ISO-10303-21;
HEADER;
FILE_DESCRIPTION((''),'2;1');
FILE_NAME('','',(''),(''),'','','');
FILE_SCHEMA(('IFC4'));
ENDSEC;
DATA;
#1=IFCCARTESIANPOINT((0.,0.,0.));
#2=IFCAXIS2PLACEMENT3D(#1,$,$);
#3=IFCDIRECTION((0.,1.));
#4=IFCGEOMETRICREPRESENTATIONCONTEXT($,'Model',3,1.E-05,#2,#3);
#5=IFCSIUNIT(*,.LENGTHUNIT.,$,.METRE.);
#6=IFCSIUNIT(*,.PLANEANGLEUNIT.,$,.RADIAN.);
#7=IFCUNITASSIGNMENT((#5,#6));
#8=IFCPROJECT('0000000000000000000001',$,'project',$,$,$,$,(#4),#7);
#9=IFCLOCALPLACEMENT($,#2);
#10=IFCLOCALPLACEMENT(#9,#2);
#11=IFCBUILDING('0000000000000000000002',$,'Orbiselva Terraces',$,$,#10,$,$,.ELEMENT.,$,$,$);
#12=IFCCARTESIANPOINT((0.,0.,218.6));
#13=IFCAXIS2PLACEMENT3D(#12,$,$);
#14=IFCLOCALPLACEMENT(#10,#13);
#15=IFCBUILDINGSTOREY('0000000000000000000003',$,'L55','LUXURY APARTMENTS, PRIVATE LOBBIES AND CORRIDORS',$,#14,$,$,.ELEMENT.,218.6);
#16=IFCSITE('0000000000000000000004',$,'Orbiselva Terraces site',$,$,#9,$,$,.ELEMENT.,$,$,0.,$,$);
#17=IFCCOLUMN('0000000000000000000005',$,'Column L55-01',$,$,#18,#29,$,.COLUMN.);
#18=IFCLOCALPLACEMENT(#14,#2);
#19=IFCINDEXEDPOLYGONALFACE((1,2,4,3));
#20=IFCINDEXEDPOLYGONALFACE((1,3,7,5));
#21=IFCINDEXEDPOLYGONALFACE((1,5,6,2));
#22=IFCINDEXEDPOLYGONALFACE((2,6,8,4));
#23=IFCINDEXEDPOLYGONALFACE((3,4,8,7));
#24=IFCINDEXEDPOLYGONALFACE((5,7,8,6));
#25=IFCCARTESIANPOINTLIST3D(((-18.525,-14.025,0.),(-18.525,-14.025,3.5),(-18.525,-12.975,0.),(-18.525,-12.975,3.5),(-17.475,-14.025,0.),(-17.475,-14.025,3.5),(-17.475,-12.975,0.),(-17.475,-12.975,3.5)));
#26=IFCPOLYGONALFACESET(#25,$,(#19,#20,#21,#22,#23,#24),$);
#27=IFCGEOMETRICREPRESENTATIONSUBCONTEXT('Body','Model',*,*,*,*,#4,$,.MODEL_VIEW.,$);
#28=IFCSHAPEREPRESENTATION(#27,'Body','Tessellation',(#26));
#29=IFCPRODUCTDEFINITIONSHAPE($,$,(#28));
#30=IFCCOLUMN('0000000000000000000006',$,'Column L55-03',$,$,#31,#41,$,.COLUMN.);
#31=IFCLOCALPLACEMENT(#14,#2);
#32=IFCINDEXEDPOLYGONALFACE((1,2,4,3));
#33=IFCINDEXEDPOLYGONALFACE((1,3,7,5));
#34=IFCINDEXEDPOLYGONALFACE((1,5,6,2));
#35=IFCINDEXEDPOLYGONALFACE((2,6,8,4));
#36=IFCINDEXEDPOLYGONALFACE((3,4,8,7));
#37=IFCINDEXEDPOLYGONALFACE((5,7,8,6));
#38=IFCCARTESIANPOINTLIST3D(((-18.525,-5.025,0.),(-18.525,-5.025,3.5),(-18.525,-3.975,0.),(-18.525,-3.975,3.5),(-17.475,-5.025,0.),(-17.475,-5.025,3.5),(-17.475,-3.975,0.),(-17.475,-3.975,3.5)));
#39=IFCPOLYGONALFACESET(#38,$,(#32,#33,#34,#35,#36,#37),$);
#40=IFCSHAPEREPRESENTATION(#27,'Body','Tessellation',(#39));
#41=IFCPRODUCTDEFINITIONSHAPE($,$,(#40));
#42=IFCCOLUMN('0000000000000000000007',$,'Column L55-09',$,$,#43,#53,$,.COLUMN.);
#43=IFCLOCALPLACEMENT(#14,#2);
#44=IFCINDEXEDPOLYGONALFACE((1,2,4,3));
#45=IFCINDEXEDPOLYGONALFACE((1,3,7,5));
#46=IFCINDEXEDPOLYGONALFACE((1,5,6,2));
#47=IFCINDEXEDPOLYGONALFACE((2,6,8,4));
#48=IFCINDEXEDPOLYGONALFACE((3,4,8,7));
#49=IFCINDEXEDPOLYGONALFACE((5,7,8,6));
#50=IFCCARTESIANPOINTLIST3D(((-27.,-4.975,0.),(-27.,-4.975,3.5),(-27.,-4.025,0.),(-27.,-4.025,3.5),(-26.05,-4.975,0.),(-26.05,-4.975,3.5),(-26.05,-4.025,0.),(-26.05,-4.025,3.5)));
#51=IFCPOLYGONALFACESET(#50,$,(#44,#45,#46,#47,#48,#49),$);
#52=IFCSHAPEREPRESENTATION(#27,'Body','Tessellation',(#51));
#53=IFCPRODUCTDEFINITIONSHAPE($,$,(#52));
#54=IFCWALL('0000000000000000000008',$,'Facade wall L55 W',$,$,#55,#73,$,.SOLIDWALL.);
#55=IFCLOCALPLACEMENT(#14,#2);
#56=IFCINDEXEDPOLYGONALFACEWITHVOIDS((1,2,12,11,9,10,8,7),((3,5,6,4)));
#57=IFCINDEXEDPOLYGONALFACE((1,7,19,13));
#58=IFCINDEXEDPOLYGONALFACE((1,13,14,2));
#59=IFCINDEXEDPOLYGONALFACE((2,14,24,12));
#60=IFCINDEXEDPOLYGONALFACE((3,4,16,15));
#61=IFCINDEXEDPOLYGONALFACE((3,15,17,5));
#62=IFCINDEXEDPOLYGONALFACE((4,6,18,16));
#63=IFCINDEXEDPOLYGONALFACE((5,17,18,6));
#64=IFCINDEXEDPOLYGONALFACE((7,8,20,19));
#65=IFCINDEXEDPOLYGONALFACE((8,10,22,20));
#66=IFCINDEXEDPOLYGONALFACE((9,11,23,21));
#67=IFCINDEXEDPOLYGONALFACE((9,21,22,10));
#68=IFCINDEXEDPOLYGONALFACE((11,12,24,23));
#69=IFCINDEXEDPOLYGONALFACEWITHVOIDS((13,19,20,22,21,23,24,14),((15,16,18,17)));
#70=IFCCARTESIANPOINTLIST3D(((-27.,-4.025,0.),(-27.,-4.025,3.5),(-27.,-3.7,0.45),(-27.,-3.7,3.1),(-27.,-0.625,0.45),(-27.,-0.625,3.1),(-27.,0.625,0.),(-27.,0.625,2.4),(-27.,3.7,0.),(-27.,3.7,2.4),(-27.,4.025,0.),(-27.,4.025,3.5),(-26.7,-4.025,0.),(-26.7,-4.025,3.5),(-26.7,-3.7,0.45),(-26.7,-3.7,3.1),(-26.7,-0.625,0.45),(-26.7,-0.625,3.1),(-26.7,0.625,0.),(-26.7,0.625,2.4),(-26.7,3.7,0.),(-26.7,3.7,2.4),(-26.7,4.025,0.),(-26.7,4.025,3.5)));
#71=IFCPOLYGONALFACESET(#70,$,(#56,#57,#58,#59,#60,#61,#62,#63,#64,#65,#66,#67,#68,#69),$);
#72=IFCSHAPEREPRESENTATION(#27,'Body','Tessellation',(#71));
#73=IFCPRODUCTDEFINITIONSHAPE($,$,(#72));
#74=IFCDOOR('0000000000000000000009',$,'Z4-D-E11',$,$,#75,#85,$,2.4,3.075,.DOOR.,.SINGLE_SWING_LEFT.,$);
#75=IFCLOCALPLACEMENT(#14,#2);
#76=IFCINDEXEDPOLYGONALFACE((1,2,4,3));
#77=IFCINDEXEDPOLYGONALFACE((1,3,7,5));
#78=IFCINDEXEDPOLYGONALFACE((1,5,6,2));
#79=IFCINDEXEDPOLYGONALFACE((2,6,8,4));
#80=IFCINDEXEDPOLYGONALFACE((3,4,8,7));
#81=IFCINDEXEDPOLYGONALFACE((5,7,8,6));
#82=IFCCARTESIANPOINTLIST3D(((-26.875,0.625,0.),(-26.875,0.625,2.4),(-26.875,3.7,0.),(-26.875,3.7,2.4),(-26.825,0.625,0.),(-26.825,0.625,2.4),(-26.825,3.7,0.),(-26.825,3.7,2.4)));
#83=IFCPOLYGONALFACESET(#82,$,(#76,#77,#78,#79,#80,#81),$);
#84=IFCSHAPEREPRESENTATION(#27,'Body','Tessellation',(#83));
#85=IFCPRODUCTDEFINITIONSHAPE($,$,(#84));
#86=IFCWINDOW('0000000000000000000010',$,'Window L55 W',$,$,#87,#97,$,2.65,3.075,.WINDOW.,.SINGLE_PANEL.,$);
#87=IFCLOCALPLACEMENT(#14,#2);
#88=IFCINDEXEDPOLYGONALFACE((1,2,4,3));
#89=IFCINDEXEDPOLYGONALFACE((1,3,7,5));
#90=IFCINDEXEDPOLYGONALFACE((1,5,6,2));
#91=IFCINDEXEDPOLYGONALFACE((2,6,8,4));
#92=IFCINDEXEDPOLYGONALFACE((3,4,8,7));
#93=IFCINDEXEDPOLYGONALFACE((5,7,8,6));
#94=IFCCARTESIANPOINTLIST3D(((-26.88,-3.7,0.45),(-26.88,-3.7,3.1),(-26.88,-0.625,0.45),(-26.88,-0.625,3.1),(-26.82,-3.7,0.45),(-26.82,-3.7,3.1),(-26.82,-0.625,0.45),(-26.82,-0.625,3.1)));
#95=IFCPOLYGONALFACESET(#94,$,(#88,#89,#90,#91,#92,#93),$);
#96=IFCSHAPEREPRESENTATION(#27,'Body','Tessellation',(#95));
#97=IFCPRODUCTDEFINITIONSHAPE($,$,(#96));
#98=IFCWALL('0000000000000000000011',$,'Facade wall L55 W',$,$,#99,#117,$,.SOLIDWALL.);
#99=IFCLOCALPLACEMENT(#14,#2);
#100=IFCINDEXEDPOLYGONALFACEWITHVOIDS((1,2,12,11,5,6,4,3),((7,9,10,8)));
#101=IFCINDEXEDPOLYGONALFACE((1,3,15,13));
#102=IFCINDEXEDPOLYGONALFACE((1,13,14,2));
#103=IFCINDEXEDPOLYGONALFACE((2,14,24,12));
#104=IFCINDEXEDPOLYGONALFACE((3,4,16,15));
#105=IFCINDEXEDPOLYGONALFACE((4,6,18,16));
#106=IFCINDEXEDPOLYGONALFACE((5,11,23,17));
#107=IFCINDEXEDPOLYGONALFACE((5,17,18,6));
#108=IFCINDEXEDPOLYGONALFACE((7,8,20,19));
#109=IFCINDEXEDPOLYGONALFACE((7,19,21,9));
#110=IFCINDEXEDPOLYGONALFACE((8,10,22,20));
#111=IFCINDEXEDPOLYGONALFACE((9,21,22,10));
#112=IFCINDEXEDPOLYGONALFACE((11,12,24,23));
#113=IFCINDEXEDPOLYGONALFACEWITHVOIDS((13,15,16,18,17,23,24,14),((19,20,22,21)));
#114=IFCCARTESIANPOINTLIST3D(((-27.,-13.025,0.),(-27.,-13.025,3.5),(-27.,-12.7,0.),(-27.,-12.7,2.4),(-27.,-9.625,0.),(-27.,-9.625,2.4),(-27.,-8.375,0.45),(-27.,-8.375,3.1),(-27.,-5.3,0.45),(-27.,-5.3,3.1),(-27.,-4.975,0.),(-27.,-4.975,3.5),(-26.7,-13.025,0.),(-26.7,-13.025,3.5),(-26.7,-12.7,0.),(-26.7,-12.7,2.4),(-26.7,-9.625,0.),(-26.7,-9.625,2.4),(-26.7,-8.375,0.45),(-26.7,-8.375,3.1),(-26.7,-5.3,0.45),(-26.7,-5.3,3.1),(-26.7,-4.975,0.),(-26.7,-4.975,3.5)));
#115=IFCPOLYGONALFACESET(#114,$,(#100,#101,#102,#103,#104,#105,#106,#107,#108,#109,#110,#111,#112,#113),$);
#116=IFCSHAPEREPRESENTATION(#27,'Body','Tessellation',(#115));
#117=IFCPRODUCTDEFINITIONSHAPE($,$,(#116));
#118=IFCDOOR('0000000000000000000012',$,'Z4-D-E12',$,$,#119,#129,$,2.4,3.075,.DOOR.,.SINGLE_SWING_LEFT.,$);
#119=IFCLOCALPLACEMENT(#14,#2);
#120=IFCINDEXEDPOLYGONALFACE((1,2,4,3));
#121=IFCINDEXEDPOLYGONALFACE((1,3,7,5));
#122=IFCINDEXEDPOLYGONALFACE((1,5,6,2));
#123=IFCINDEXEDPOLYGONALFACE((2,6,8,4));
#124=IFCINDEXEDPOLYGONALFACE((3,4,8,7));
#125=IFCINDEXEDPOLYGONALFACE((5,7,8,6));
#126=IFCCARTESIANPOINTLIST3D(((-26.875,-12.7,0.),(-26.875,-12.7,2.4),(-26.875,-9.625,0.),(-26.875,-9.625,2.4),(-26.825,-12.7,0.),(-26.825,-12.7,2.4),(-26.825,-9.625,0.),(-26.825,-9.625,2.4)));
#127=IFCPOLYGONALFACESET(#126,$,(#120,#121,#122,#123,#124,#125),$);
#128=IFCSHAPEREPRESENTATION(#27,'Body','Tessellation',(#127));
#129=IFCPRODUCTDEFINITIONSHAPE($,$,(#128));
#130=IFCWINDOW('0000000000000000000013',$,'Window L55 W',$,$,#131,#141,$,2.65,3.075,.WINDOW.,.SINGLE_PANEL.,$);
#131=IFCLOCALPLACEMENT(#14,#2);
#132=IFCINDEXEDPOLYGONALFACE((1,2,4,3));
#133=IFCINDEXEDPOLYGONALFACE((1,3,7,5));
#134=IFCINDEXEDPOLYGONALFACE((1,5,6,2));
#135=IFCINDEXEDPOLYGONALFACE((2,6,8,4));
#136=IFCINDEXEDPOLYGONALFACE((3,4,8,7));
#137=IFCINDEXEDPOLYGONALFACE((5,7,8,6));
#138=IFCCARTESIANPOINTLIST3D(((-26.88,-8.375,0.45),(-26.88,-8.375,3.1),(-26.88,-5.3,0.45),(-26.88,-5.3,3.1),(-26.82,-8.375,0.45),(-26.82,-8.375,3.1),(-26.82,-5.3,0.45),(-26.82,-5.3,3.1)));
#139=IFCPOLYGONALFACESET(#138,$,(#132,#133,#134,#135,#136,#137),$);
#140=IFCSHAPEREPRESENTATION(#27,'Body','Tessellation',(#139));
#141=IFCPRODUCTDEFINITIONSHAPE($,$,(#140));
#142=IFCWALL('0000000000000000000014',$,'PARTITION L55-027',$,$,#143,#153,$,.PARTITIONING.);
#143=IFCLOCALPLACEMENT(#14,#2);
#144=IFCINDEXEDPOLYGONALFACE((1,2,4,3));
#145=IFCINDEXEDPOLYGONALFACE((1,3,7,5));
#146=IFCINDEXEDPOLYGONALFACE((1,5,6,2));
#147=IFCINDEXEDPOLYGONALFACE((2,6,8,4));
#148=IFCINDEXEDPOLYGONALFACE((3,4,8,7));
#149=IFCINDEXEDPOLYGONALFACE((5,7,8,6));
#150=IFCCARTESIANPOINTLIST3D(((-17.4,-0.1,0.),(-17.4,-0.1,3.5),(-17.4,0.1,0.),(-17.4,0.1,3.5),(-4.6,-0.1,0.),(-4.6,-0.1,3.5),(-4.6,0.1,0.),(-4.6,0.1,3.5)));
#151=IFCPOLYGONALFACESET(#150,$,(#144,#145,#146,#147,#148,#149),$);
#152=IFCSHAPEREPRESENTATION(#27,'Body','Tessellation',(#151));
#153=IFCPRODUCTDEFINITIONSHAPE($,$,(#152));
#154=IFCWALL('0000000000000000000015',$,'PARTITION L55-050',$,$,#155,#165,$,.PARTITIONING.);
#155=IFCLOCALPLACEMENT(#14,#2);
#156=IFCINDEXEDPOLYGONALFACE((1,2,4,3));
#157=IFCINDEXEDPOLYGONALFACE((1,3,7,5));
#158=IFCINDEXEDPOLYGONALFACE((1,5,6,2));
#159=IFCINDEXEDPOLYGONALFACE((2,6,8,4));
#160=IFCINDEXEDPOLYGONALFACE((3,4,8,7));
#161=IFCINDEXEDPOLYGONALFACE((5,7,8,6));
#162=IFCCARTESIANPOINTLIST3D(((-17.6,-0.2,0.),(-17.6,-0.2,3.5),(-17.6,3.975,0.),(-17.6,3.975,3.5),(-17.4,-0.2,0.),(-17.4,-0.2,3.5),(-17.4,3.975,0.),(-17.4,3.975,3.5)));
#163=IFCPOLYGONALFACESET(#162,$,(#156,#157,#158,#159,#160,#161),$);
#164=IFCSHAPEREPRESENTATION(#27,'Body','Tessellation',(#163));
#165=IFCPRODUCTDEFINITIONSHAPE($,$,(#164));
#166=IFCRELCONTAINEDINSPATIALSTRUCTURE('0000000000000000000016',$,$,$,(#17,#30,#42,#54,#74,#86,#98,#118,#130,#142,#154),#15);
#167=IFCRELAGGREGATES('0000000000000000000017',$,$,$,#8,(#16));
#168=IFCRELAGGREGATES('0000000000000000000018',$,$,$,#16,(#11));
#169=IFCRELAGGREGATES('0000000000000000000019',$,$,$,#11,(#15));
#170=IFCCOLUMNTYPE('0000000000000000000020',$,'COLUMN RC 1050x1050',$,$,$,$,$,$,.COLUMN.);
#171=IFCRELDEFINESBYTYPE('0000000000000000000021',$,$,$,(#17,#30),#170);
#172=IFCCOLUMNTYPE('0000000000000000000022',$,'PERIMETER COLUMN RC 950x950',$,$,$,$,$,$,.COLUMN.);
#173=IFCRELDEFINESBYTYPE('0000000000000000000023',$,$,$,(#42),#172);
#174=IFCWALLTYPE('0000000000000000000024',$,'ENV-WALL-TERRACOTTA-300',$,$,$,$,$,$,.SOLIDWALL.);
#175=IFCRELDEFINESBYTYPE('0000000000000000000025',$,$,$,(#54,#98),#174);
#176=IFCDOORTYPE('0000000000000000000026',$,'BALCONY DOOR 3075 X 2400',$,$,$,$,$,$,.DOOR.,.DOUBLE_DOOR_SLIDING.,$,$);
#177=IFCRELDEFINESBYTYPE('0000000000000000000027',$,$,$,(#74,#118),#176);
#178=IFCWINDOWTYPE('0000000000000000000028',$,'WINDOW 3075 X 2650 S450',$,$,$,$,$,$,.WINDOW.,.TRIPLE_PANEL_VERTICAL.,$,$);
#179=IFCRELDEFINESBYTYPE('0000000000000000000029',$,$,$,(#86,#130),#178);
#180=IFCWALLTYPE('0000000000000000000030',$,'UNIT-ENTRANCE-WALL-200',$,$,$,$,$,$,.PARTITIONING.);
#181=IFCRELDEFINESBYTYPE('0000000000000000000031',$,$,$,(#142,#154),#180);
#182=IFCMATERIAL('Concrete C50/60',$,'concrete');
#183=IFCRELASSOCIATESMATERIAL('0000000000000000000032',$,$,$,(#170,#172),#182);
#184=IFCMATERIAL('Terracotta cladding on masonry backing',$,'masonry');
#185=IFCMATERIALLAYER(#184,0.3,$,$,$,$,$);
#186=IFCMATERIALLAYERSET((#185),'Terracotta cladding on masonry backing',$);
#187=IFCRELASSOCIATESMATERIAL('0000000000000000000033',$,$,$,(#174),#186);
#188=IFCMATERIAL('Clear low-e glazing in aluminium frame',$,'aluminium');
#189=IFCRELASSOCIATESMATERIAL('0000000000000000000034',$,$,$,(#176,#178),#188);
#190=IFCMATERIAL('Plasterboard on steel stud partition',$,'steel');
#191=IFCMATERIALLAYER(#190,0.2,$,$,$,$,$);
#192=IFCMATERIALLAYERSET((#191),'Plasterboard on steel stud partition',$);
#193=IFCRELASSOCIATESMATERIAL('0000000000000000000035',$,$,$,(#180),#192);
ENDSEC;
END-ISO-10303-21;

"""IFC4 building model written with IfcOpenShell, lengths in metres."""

from ifc_helpers import new_model, si_unit, direction, frame, frame_2d, origin, origin_2d, place, context, subcontext, project, spatial, rectangle, extrude, material, layer, layer_set, material_profile, profile_set, type_object, element, fill, save


model = new_model("IFC4")

# Units and contexts
model_context = context("Model", 3, precision=1e-05, world=origin(), true_north=direction((0.0, 1.0)))
body_context = subcontext(model_context, "Body", "Model", "MODEL_VIEW")
ifc_project = project(units=[si_unit("LENGTHUNIT", "METRE"), si_unit("PLANEANGLEUNIT", "RADIAN")], contexts=[model_context])

# Site, building, storey
site_placement = place(None, origin())
site = spatial("IfcSite", under=ifc_project, at=site_placement, Name="Orbiselva Terraces site", CompositionType="ELEMENT", RefElevation=0.0)
building_placement = place(site_placement, origin())
building = spatial("IfcBuilding", under=site, at=building_placement, Name="Orbiselva Terraces", CompositionType="ELEMENT")
storey_placement = place(building_placement, frame((0.0, 0.0, 218.6)))
storey = spatial("IfcBuildingStorey", under=building, at=storey_placement, Name="L55", Description="LUXURY APARTMENTS, PRIVATE LOBBIES AND CORRIDORS", CompositionType="ELEMENT", Elevation=218.6)

# Columns
ifc_material_1 = material(Name="Concrete C50/60", Category="concrete")
ifc_material_profile_1 = material_profile(ifc_material_1, rectangle(XDim=1.05, YDim=1.05, at=origin_2d()), Name="RC 1050x1050")
ifc_profile_set_1 = profile_set([ifc_material_profile_1], Name="Concrete C50/60")
column_type_1 = type_object("IfcColumnType", Name="COLUMN RC 1050x1050", PredefinedType="COLUMN", material=ifc_profile_set_1)
for number, where, z_axis, x_axis, name in (
    (1, (-18.0, -13.5, 0.0), (0.0, 0.0, 1.0), (1.0, 0.0, 0.0), "Column L55-01"),
    (2, (-18.0, -4.5, 0.0), (0.0, 0.0, 1.0), (1.0, 0.0, 0.0), "Column L55-03"),
):
    element("IfcColumn", number, at=place(storey_placement, frame(where, z_axis=z_axis, x_axis=x_axis)), inside=storey, type_object=column_type_1, Name=name, PredefinedType="COLUMN", context=body_context, shape_type="SweptSolid", body=[
        extrude(rectangle(XDim=1.05, YDim=1.05, at=origin_2d()), origin(), (0.0, 0.0, 1.0), 3.5),
    ])
ifc_material_profile_2 = material_profile(ifc_material_1, rectangle(XDim=0.95, YDim=0.95, at=origin_2d()), Name="RC 950x950")
ifc_profile_set_2 = profile_set([ifc_material_profile_2], Name="Concrete C50/60")
column_type_2 = type_object("IfcColumnType", Name="PERIMETER COLUMN RC 950x950", PredefinedType="COLUMN", material=ifc_profile_set_2)
column_placement = place(storey_placement, frame((-26.525, -4.5, 0.0), z_axis=(0.0, 0.0, 1.0), x_axis=(1.0, 0.0, 0.0)))
element("IfcColumn", 3, at=column_placement, inside=storey, type_object=column_type_2, Name="Column L55-09", PredefinedType="COLUMN", context=body_context, shape_type="SweptSolid", body=[
    extrude(rectangle(XDim=0.95, YDim=0.95, at=origin_2d()), origin(), (0.0, 0.0, 1.0), 3.5),
])

# Walls, openings, doors, windows
ifc_material_2 = material(Name="Terracotta cladding on masonry backing", Category="masonry")
ifc_layer_1 = layer(ifc_material_2, 0.3)
ifc_layer_set_1 = layer_set([ifc_layer_1], Name="Terracotta cladding on masonry backing")
wall_type_1 = type_object("IfcWallType", Name="ENV-WALL-TERRACOTTA-300", PredefinedType="SOLIDWALL", material=ifc_layer_set_1)
wall_1_placement = place(storey_placement, frame((-26.85, -4.025, 0.0), z_axis=(0.0, 0.0, 1.0), x_axis=(0.0, 1.0, 0.0)))
wall_1 = element("IfcWall", 4, at=wall_1_placement, inside=storey, type_object=wall_type_1, Name="Facade wall L55 W", PredefinedType="SOLIDWALL", context=body_context, shape_type="SweptSolid", body=[
    extrude(rectangle(XDim=8.05, YDim=0.3, at=frame_2d((4.025, 0.0))), origin(), (0.0, 0.0, 1.0), 3.5),
])
opening_1_placement = place(wall_1_placement, frame((4.65, 0.0, 0.0)))
opening_1 = element("IfcOpeningElement", 5, at=opening_1_placement, cuts=wall_1, PredefinedType="OPENING", context=body_context, shape_type="SweptSolid", body=[
    extrude(rectangle(XDim=3.075, YDim=2.4, at=frame_2d((1.5375, 1.2))), frame((0.0, 0.16, 0.0), z_axis=(0.0, -1.0, 0.0), x_axis=(1.0, 0.0, 0.0)), (0.0, 0.0, 1.0), 0.32),
])
opening_2_placement = place(wall_1_placement, frame((0.325, 0.0, 0.45)))
opening_2 = element("IfcOpeningElement", 6, at=opening_2_placement, cuts=wall_1, PredefinedType="OPENING", context=body_context, shape_type="SweptSolid", body=[
    extrude(rectangle(XDim=3.075, YDim=2.65, at=frame_2d((1.5375, 1.325))), frame((0.0, 0.16, 0.0), z_axis=(0.0, -1.0, 0.0), x_axis=(1.0, 0.0, 0.0)), (0.0, 0.0, 1.0), 0.32),
])
ifc_material_3 = material(Name="Clear low-e glazing in aluminium frame", Category="aluminium")
door_type_1 = type_object("IfcDoorType", Name="BALCONY DOOR 3075 X 2400", OperationType="DOUBLE_DOOR_SLIDING", PredefinedType="DOOR", material=ifc_material_3)
door_1_placement = place(opening_1_placement, origin())
door_1 = element("IfcDoor", 7, at=door_1_placement, inside=storey, type_object=door_type_1, Name="Z4-D-E11", OperationType="SINGLE_SWING_LEFT", OverallHeight=2.4, OverallWidth=3.075, PredefinedType="DOOR", context=body_context, shape_type="SweptSolid", body=[
    extrude(rectangle(XDim=3.075, YDim=2.4, at=frame_2d((1.5375, 1.2))), frame((0.0, 0.025, 0.0), z_axis=(0.0, -1.0, 0.0), x_axis=(1.0, 0.0, 0.0)), (0.0, 0.0, 1.0), 0.05),
])
fill(opening_1, door_1)
window_type = type_object("IfcWindowType", Name="WINDOW 3075 X 2650 S450", PartitioningType="TRIPLE_PANEL_VERTICAL", PredefinedType="WINDOW", material=ifc_material_3)
window_1_placement = place(opening_2_placement, origin())
window_1 = element("IfcWindow", 8, at=window_1_placement, inside=storey, type_object=window_type, Name="Window L55 W", OverallHeight=2.65, OverallWidth=3.075, PartitioningType="SINGLE_PANEL", PredefinedType="WINDOW", context=body_context, shape_type="SweptSolid", body=[
    extrude(rectangle(XDim=3.075, YDim=2.65, at=frame_2d((1.5375, 1.325))), frame((0.0, 0.03, 0.0), z_axis=(0.0, -1.0, 0.0), x_axis=(1.0, 0.0, 0.0)), (0.0, 0.0, 1.0), 0.06),
])
fill(opening_2, window_1)
wall_2_placement = place(storey_placement, frame((-26.85, -13.025, 0.0), z_axis=(0.0, 0.0, 1.0), x_axis=(0.0, 1.0, 0.0)))
wall_2 = element("IfcWall", 9, at=wall_2_placement, inside=storey, type_object=wall_type_1, Name="Facade wall L55 W", PredefinedType="SOLIDWALL", context=body_context, shape_type="SweptSolid", body=[
    extrude(rectangle(XDim=8.05, YDim=0.3, at=frame_2d((4.025, 0.0))), origin(), (0.0, 0.0, 1.0), 3.5),
])
opening_3_placement = place(wall_2_placement, frame((4.65, 0.0, 0.45)))
opening_3 = element("IfcOpeningElement", 10, at=opening_3_placement, cuts=wall_2, PredefinedType="OPENING", context=body_context, shape_type="SweptSolid", body=[
    extrude(rectangle(XDim=3.075, YDim=2.65, at=frame_2d((1.5375, 1.325))), frame((0.0, 0.16, 0.0), z_axis=(0.0, -1.0, 0.0), x_axis=(1.0, 0.0, 0.0)), (0.0, 0.0, 1.0), 0.32),
])
opening_4_placement = place(wall_2_placement, frame((0.325, 0.0, 0.0)))
opening_4 = element("IfcOpeningElement", 11, at=opening_4_placement, cuts=wall_2, PredefinedType="OPENING", context=body_context, shape_type="SweptSolid", body=[
    extrude(rectangle(XDim=3.075, YDim=2.4, at=frame_2d((1.5375, 1.2))), frame((0.0, 0.16, 0.0), z_axis=(0.0, -1.0, 0.0), x_axis=(1.0, 0.0, 0.0)), (0.0, 0.0, 1.0), 0.32),
])
door_2_placement = place(opening_4_placement, origin())
door_2 = element("IfcDoor", 12, at=door_2_placement, inside=storey, type_object=door_type_1, Name="Z4-D-E12", OperationType="SINGLE_SWING_LEFT", OverallHeight=2.4, OverallWidth=3.075, PredefinedType="DOOR", context=body_context, shape_type="SweptSolid", body=[
    extrude(rectangle(XDim=3.075, YDim=2.4, at=frame_2d((1.5375, 1.2))), frame((0.0, 0.025, 0.0), z_axis=(0.0, -1.0, 0.0), x_axis=(1.0, 0.0, 0.0)), (0.0, 0.0, 1.0), 0.05),
])
fill(opening_4, door_2)
window_2_placement = place(opening_3_placement, origin())
window_2 = element("IfcWindow", 13, at=window_2_placement, inside=storey, type_object=window_type, Name="Window L55 W", OverallHeight=2.65, OverallWidth=3.075, PartitioningType="SINGLE_PANEL", PredefinedType="WINDOW", context=body_context, shape_type="SweptSolid", body=[
    extrude(rectangle(XDim=3.075, YDim=2.65, at=frame_2d((1.5375, 1.325))), frame((0.0, 0.03, 0.0), z_axis=(0.0, -1.0, 0.0), x_axis=(1.0, 0.0, 0.0)), (0.0, 0.0, 1.0), 0.06),
])
fill(opening_3, window_2)

# Walls
ifc_material_4 = material(Name="Plasterboard on steel stud partition", Category="steel")
ifc_layer_2 = layer(ifc_material_4, 0.2)
ifc_layer_set_2 = layer_set([ifc_layer_2], Name="Plasterboard on steel stud partition")
wall_type_2 = type_object("IfcWallType", Name="UNIT-ENTRANCE-WALL-200", PredefinedType="PARTITIONING", material=ifc_layer_set_2)
wall_3_placement = place(storey_placement, frame((-17.4, 0.0, 0.0), z_axis=(0.0, 0.0, 1.0), x_axis=(1.0, 0.0, 0.0)))
element("IfcWall", 14, at=wall_3_placement, inside=storey, type_object=wall_type_2, Name="PARTITION L55-027", PredefinedType="PARTITIONING", context=body_context, shape_type="SweptSolid", body=[
    extrude(rectangle(XDim=12.8, YDim=0.2, at=frame_2d((6.4, 0.0))), origin(), (0.0, 0.0, 1.0), 3.5),
])
wall_4_placement = place(storey_placement, frame((-17.5, -0.2, 0.0), z_axis=(0.0, 0.0, 1.0), x_axis=(0.0, 1.0, 0.0)))
element("IfcWall", 15, at=wall_4_placement, inside=storey, type_object=wall_type_2, Name="PARTITION L55-050", PredefinedType="PARTITIONING", context=body_context, shape_type="SweptSolid", body=[
    extrude(rectangle(XDim=4.175, YDim=0.2, at=frame_2d((2.0875, 0.0))), origin(), (0.0, 0.0, 1.0), 3.5),
])

save(model, "model.ifc")
